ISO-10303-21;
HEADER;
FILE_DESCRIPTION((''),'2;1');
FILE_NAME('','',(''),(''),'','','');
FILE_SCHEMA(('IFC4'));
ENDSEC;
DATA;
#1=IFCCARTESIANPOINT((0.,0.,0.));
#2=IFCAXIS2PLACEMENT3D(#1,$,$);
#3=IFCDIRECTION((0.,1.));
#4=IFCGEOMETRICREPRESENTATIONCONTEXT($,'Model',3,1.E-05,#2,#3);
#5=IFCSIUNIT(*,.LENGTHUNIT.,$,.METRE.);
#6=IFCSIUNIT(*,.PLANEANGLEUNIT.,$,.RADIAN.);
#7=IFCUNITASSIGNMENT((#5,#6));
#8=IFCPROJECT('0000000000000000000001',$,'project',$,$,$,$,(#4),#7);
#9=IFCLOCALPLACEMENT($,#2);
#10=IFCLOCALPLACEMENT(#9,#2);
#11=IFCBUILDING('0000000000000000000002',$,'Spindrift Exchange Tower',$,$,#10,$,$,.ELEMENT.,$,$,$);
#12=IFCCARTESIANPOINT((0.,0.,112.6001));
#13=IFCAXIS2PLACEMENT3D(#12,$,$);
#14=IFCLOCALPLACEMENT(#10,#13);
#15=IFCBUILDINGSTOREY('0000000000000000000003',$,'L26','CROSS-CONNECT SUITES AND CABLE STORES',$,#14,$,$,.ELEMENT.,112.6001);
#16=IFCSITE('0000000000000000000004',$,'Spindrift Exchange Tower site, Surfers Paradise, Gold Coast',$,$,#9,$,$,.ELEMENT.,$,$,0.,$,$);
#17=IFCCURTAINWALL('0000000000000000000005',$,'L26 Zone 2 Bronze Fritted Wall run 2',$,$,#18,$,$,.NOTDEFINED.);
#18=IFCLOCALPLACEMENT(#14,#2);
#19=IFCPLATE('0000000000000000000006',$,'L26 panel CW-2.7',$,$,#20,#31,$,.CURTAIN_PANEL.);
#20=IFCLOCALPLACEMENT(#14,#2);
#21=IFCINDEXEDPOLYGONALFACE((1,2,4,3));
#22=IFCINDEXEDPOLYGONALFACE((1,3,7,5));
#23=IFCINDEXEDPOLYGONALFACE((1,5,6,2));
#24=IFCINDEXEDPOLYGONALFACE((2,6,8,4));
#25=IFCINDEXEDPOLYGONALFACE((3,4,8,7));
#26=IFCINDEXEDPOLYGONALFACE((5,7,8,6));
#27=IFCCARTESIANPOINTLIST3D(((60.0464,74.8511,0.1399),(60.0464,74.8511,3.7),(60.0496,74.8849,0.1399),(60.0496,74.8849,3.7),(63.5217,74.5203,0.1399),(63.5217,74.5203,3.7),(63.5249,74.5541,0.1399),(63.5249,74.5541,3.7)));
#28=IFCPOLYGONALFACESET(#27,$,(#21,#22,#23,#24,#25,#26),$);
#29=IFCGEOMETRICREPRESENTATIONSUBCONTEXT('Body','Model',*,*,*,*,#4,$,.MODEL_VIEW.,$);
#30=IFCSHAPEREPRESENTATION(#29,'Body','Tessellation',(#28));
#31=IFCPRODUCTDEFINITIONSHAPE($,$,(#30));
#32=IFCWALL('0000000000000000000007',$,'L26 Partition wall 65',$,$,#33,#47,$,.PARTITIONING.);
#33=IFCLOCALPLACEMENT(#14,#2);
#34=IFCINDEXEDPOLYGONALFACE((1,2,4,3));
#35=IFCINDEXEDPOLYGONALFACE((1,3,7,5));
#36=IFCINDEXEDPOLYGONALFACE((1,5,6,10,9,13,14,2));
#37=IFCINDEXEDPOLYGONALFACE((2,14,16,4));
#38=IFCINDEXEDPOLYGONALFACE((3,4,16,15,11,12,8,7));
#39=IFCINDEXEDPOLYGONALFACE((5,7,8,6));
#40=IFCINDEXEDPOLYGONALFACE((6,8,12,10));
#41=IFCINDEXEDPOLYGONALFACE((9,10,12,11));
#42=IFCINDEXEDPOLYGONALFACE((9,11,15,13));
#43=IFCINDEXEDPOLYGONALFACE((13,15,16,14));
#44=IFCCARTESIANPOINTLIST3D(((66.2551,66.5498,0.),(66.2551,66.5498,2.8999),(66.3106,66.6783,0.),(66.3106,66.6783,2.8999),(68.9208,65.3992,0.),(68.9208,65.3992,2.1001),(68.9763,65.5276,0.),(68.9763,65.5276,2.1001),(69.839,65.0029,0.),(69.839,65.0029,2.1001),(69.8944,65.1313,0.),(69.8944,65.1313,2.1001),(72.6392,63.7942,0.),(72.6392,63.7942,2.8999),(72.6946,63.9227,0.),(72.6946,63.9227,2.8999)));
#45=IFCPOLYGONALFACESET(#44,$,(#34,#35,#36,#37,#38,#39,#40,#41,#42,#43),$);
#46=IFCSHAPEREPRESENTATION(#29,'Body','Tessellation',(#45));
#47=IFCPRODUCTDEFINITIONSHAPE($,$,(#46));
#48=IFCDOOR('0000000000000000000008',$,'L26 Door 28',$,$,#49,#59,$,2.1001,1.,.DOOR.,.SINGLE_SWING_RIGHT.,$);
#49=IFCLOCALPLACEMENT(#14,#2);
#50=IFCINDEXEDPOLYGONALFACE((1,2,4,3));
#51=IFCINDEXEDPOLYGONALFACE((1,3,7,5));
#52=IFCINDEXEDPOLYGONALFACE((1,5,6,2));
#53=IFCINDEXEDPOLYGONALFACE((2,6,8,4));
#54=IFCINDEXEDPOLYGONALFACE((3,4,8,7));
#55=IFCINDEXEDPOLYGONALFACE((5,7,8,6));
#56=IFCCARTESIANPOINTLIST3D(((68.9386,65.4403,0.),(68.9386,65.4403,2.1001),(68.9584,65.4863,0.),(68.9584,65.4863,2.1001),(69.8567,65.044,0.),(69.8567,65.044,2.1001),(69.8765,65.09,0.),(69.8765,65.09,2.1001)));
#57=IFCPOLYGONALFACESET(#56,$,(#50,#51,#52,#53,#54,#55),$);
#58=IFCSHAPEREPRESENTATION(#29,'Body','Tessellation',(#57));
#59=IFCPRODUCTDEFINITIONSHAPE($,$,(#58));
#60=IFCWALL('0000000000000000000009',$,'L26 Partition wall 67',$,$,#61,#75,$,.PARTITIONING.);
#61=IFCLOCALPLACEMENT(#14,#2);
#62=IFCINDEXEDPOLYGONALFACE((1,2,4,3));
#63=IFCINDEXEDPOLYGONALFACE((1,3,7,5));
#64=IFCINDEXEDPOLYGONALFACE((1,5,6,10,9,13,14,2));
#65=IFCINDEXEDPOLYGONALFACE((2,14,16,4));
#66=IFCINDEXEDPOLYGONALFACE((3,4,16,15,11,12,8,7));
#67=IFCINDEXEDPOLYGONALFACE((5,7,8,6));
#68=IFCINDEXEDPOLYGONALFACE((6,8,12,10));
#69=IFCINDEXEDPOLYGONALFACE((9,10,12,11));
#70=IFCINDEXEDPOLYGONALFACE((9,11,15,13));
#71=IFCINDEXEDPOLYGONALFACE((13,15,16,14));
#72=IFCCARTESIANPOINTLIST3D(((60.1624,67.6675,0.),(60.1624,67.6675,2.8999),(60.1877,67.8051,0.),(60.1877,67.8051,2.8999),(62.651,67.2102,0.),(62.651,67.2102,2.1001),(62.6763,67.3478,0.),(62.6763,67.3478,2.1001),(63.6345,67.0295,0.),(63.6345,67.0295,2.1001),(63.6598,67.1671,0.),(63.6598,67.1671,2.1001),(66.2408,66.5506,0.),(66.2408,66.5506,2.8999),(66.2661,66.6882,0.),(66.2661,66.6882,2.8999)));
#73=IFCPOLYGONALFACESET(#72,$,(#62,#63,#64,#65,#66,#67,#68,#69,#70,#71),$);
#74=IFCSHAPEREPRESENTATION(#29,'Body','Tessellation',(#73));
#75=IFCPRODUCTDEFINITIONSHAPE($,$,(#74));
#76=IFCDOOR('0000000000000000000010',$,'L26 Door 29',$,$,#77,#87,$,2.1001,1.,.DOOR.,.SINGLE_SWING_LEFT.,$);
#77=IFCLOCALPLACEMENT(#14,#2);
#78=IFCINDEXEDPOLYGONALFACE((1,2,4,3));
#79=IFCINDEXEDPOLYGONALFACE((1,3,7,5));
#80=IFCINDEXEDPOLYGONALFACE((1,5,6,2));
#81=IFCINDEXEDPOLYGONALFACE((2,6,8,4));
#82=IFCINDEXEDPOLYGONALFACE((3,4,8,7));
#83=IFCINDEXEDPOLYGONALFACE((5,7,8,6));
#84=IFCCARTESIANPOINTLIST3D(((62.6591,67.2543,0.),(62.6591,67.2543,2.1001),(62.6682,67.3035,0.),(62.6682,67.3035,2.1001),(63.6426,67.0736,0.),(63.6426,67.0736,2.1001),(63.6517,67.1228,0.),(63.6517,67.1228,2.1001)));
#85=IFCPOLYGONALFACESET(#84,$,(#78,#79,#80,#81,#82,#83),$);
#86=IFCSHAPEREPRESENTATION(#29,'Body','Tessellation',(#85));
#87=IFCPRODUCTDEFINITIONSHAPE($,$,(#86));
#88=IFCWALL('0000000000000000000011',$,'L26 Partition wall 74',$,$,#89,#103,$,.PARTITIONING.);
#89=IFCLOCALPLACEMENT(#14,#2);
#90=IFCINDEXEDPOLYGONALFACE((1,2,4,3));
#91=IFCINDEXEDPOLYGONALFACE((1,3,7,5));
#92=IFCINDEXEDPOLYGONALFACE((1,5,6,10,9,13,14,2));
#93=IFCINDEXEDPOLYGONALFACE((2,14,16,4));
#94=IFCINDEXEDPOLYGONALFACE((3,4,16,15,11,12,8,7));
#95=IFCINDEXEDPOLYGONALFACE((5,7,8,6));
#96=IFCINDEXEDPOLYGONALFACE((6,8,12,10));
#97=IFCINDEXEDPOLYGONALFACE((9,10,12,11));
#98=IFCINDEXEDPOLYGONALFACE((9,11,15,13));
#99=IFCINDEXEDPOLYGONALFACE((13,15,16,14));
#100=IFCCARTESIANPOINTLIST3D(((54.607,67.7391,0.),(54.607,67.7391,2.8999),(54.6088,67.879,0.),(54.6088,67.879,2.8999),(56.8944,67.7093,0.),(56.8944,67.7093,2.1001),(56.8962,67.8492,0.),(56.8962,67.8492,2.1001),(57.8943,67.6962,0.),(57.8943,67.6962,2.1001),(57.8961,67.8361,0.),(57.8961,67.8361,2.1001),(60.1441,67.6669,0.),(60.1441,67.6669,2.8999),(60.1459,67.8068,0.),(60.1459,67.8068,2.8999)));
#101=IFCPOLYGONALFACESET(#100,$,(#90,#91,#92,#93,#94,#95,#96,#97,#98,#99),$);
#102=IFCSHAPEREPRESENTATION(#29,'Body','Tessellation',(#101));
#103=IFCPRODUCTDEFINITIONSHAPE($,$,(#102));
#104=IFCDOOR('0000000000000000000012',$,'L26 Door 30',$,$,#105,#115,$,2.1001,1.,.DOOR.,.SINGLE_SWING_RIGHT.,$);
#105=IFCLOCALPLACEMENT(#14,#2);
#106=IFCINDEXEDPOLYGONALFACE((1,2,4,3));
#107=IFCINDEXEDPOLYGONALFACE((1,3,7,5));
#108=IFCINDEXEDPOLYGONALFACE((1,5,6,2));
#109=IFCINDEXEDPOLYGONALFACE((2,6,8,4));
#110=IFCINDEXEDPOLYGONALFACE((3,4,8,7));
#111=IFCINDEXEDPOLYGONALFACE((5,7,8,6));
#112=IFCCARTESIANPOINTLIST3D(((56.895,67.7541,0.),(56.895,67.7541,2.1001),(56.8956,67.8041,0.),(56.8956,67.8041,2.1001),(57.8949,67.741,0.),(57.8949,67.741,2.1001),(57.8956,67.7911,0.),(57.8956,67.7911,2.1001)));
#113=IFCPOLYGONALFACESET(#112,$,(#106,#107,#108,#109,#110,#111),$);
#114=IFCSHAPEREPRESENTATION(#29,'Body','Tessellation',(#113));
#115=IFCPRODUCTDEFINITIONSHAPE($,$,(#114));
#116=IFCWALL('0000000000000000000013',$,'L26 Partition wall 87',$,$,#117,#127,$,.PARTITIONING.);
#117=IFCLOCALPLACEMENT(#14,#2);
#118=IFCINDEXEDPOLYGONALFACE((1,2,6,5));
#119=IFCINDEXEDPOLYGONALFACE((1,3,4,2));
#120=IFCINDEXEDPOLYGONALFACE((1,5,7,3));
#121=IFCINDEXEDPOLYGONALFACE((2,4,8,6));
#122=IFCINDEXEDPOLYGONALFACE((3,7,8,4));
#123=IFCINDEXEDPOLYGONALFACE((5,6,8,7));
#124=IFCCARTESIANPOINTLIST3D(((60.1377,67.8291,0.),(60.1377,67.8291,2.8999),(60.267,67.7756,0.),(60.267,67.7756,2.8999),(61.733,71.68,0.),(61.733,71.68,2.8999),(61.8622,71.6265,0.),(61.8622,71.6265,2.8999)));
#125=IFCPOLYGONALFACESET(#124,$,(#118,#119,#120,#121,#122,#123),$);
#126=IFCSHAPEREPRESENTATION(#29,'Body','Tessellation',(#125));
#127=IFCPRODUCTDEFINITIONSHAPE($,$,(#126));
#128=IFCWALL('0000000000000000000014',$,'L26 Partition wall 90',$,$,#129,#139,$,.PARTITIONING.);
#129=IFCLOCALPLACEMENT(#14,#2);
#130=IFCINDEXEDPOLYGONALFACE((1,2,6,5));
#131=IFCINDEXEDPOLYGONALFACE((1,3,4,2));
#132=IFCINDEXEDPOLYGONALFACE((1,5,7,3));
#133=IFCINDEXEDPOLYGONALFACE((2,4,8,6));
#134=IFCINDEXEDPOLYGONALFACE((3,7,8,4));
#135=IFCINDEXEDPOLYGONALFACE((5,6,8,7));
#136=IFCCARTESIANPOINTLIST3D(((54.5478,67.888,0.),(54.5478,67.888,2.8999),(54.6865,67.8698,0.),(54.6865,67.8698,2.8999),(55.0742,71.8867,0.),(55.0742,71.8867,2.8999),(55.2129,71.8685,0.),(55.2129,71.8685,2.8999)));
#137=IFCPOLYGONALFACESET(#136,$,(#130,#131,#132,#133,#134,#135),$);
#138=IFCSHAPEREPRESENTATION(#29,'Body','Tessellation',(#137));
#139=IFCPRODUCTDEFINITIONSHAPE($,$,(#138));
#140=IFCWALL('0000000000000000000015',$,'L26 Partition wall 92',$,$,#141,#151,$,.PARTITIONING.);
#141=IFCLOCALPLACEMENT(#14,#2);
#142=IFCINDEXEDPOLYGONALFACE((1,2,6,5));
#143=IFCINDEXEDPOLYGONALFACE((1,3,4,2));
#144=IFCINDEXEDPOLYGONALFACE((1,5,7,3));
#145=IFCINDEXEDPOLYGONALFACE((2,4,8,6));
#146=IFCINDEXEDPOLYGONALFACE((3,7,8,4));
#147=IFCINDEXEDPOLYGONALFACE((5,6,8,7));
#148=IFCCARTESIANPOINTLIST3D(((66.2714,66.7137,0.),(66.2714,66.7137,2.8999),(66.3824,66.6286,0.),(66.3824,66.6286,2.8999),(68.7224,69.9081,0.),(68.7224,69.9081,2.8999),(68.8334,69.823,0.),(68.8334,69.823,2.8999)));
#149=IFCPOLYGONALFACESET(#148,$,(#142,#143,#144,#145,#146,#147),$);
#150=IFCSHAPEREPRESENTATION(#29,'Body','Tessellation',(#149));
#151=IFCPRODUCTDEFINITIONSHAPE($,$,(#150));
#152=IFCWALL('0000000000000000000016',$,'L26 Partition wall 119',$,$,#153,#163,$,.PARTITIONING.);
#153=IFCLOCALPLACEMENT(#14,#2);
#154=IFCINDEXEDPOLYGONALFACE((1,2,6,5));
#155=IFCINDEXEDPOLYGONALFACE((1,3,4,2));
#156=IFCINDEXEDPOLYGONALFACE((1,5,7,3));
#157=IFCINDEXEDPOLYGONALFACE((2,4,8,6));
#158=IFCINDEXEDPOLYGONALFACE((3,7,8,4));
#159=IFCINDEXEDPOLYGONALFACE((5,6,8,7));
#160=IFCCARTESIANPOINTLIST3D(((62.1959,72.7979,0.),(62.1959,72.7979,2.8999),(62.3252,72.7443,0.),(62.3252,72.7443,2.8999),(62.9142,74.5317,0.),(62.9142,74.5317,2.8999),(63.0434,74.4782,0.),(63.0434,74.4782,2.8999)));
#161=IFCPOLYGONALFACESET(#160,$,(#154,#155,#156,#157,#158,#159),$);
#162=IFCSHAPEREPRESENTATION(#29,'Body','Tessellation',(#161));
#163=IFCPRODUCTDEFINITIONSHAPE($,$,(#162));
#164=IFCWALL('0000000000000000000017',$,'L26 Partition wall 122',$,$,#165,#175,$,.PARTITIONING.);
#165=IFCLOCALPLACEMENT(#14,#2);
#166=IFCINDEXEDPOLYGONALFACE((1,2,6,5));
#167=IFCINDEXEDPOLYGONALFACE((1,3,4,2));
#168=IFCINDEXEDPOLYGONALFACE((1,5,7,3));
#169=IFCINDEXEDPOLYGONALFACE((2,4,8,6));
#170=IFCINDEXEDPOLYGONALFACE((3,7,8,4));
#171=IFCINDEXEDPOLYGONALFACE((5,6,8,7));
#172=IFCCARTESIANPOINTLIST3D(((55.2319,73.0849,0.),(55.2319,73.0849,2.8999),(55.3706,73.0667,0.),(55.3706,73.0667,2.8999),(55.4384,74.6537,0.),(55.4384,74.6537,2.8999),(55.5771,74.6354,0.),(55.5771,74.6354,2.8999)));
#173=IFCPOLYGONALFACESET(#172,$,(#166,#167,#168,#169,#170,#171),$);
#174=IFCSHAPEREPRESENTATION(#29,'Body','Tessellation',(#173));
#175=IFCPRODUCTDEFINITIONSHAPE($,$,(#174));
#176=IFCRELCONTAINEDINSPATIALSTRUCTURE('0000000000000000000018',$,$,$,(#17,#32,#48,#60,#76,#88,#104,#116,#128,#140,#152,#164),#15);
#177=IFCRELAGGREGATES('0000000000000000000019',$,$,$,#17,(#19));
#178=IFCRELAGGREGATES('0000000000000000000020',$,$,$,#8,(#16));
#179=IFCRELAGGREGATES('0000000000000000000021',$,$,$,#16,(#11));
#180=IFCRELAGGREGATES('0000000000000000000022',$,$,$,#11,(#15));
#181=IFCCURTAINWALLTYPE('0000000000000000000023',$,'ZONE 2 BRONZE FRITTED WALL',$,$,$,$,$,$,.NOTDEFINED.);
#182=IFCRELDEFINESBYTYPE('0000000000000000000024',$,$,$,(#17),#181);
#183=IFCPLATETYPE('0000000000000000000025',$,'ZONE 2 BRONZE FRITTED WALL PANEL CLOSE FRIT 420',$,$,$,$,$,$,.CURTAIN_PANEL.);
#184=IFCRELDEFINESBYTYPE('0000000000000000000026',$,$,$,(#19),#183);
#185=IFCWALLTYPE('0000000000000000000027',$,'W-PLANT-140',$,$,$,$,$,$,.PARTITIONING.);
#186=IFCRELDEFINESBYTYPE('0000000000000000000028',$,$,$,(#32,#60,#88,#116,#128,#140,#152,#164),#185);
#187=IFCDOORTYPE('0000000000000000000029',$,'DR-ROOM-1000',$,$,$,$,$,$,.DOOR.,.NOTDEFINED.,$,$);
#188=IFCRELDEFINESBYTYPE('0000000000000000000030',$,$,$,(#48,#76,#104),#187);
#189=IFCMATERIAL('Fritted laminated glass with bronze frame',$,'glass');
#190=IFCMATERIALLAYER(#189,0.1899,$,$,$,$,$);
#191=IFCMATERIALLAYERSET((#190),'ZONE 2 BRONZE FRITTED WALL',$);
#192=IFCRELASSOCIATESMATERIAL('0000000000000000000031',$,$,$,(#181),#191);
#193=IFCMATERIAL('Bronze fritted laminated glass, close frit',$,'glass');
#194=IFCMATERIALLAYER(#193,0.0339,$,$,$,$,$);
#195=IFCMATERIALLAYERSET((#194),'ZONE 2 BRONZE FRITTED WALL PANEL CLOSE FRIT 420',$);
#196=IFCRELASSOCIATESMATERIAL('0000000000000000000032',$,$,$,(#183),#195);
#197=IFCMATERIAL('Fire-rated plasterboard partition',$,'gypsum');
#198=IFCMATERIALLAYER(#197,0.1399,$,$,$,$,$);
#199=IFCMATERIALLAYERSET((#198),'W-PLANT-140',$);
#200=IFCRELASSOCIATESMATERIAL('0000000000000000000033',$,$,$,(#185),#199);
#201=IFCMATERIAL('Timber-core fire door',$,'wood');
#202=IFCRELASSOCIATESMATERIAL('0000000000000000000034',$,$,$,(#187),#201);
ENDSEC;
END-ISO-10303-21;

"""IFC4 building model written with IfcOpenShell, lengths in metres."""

from ifc_helpers import new_model, si_unit, direction, frame, frame_2d, origin, origin_2d, place, context, subcontext, project, spatial, rectangle, extrude, source, transform, mapped, material, layer, layer_set, type_object, element, fill, aggregate, save


model = new_model("IFC4")

# Units and contexts
model_context = context("Model", 3, precision=1e-05, world=origin(), true_north=direction((0.0, 1.0)))
body_context = subcontext(model_context, "Body", "Model", "MODEL_VIEW")
ifc_project = project(units=[si_unit("LENGTHUNIT", "METRE"), si_unit("PLANEANGLEUNIT", "RADIAN")], contexts=[model_context])

# Site, building, storey
site_placement = place(None, origin())
site = spatial("IfcSite", under=ifc_project, at=site_placement, Name="Spindrift Exchange Tower site, Surfers Paradise, Gold Coast", CompositionType="ELEMENT", RefElevation=0.0)
building_placement = place(site_placement, origin())
building = spatial("IfcBuilding", under=site, at=building_placement, Name="Spindrift Exchange Tower", CompositionType="ELEMENT")
storey_placement = place(building_placement, frame((0.0, 0.0, 112.6001)))
storey = spatial("IfcBuildingStorey", under=building, at=storey_placement, Name="L26", Description="CROSS-CONNECT SUITES AND CABLE STORES", CompositionType="ELEMENT", Elevation=112.6001)

# Shared definitions
ifc_material_1 = material(Name="Fritted laminated glass with bronze frame", Category="glass")
ifc_layer_1 = layer(ifc_material_1, 0.1899)
ifc_layer_set_1 = layer_set([ifc_layer_1], Name="ZONE 2 BRONZE FRITTED WALL")
curtain_wall_type = type_object("IfcCurtainWallType", Name="ZONE 2 BRONZE FRITTED WALL", PredefinedType="NOTDEFINED", material=ifc_layer_set_1)

# Curtain wall
curtain_wall_1_placement = place(storey_placement, origin())
curtain_wall_1 = element("IfcCurtainWall", 1, at=curtain_wall_1_placement, inside=storey, type_object=curtain_wall_type, Name="L26 Zone 2 Bronze Fritted Wall run 2", PredefinedType="NOTDEFINED")

# Plate
ifc_material_2 = material(Name="Bronze fritted laminated glass, close frit", Category="glass")
ifc_layer_2 = layer(ifc_material_2, 0.0339)
ifc_layer_set_2 = layer_set([ifc_layer_2], Name="ZONE 2 BRONZE FRITTED WALL PANEL CLOSE FRIT 420")
plate_type = type_object("IfcPlateType", Name="ZONE 2 BRONZE FRITTED WALL PANEL CLOSE FRIT 420", PredefinedType="CURTAIN_PANEL", material=ifc_layer_set_2)
shared_shape_1 = source(origin(), body_context, "Body", "SweptSolid", [
    extrude(rectangle(XDim=3.491, YDim=0.0339, at=origin_2d()), origin(), (0.0, 0.0, 1.0), 3.5601),
])
plate_1_placement = place(storey_placement, frame((61.7856, 74.7026, 0.1399), z_axis=(0.0, 0.0, 1.0), x_axis=(-0.9955, 0.094758, 0.0)))
plate_1 = element("IfcPlate", 2, at=plate_1_placement, type_object=plate_type, Name="L26 panel CW-2.7", PredefinedType="CURTAIN_PANEL", context=body_context, shape_type="MappedRepresentation", body=[
    mapped(shared_shape_1, transform((0.0, 0.0, 0.0), scale=1.0)),
])
aggregate(curtain_wall_1, [plate_1])

# Walls, openings, doors
ifc_material_3 = material(Name="Fire-rated plasterboard partition", Category="gypsum")
ifc_layer_3 = layer(ifc_material_3, 0.1399)
ifc_layer_set_3 = layer_set([ifc_layer_3], Name="W-PLANT-140")
wall_type = type_object("IfcWallType", Name="W-PLANT-140", PredefinedType="PARTITIONING", material=ifc_layer_set_3)
wall_1_placement = place(storey_placement, frame((66.283, 66.614, 0.0), z_axis=(0.0, 0.0, 1.0), x_axis=(0.918121, -0.396299, 0.0)))
wall_1 = element("IfcWall", 3, at=wall_1_placement, inside=storey, type_object=wall_type, Name="L26 Partition wall 65", PredefinedType="PARTITIONING", context=body_context, shape_type="SweptSolid", body=[
    extrude(rectangle(XDim=6.9534, YDim=0.1399, at=frame_2d((3.4766, 0.0))), origin(), (0.0, 0.0, 1.0), 2.8999),
])
opening_1_placement = place(wall_1_placement, frame((2.9033, 0.0, 0.0)))
opening_1 = element("IfcOpeningElement", 4, at=opening_1_placement, cuts=wall_1, PredefinedType="OPENING", context=body_context, shape_type="SweptSolid", body=[
    extrude(rectangle(XDim=1.0, YDim=2.1001, at=frame_2d((0.5, 1.05))), frame((0.0, 0.0798, 0.0), z_axis=(0.0, -1.0, 0.0), x_axis=(1.0, 0.0, 0.0)), (0.0, 0.0, 1.0), 0.1599),
])
ifc_material_4 = material(Name="Timber-core fire door", Category="wood")
door_type = type_object("IfcDoorType", Name="DR-ROOM-1000", OperationType="NOTDEFINED", PredefinedType="DOOR", material=ifc_material_4)
shared_shape_2 = source(origin(), body_context, "Body", "SweptSolid", [
    extrude(rectangle(XDim=1.0, YDim=2.1001, at=frame_2d((0.5, 1.05))), frame((0.0, 0.0249, 0.0), z_axis=(0.0, -1.0, 0.0), x_axis=(1.0, 0.0, 0.0)), (0.0, 0.0, 1.0), 0.05),
])
door_1_placement = place(opening_1_placement, origin())
door_1 = element("IfcDoor", 5, at=door_1_placement, inside=storey, type_object=door_type, Name="L26 Door 28", OperationType="SINGLE_SWING_RIGHT", OverallHeight=2.1001, OverallWidth=1.0, PredefinedType="DOOR", context=body_context, shape_type="MappedRepresentation", body=[
    mapped(shared_shape_2, transform((0.0, 0.0, 0.0), scale=1.0)),
])
fill(opening_1, door_1)
wall_2_placement = place(storey_placement, frame((60.175, 67.7363, 0.0), z_axis=(0.0, 0.0, 1.0), x_axis=(0.983533, -0.180731, 0.0)))
wall_2 = element("IfcWall", 6, at=wall_2_placement, inside=storey, type_object=wall_type, Name="L26 Partition wall 67", PredefinedType="PARTITIONING", context=body_context, shape_type="SweptSolid", body=[
    extrude(rectangle(XDim=6.1802, YDim=0.1399, at=frame_2d((3.0901, 0.0))), origin(), (0.0, 0.0, 1.0), 2.8999),
])
opening_2_placement = place(wall_2_placement, frame((2.5303, 0.0, 0.0)))
opening_2 = element("IfcOpeningElement", 7, at=opening_2_placement, cuts=wall_2, PredefinedType="OPENING", context=body_context, shape_type="SweptSolid", body=[
    extrude(rectangle(XDim=1.0, YDim=2.1001, at=frame_2d((0.5, 1.05))), frame((0.0, 0.0798, 0.0), z_axis=(0.0, -1.0, 0.0), x_axis=(1.0, 0.0, 0.0)), (0.0, 0.0, 1.0), 0.1599),
])
door_2_placement = place(opening_2_placement, origin())
door_2 = element("IfcDoor", 8, at=door_2_placement, inside=storey, type_object=door_type, Name="L26 Door 29", OperationType="SINGLE_SWING_LEFT", OverallHeight=2.1001, OverallWidth=1.0, PredefinedType="DOOR", context=body_context, shape_type="MappedRepresentation", body=[
    mapped(shared_shape_2, transform((0.0, 0.0, 0.0), scale=1.0)),
])
fill(opening_2, door_2)
wall_3_placement = place(storey_placement, frame((54.6079, 67.8091, 0.0), z_axis=(0.0, 0.0, 1.0), x_axis=(0.999915, -0.01305, 0.0)))
wall_3 = element("IfcWall", 9, at=wall_3_placement, inside=storey, type_object=wall_type, Name="L26 Partition wall 74", PredefinedType="PARTITIONING", context=body_context, shape_type="SweptSolid", body=[
    extrude(rectangle(XDim=5.5376, YDim=0.1399, at=frame_2d((2.7688, 0.0))), origin(), (0.0, 0.0, 1.0), 2.8999),
])
opening_3_placement = place(wall_3_placement, frame((2.2876, 0.0, 0.0)))
opening_3 = element("IfcOpeningElement", 10, at=opening_3_placement, cuts=wall_3, PredefinedType="OPENING", context=body_context, shape_type="SweptSolid", body=[
    extrude(rectangle(XDim=1.0, YDim=2.1001, at=frame_2d((0.5, 1.05))), frame((0.0, 0.0798, 0.0), z_axis=(0.0, -1.0, 0.0), x_axis=(1.0, 0.0, 0.0)), (0.0, 0.0, 1.0), 0.1599),
])
door_3_placement = place(opening_3_placement, origin())
door_3 = element("IfcDoor", 11, at=door_3_placement, inside=storey, type_object=door_type, Name="L26 Door 30", OperationType="SINGLE_SWING_RIGHT", OverallHeight=2.1001, OverallWidth=1.0, PredefinedType="DOOR", context=body_context, shape_type="MappedRepresentation", body=[
    mapped(shared_shape_2, transform((0.0, 0.0, 0.0), scale=1.0)),
])
fill(opening_3, door_3)

# Walls
wall_4_placement = place(storey_placement, frame((60.2024, 67.8025, 0.0), z_axis=(0.0, 0.0, 1.0), x_axis=(0.382714, 0.923867, 0.0)))
element("IfcWall", 12, at=wall_4_placement, inside=storey, type_object=wall_type, Name="L26 Partition wall 87", PredefinedType="PARTITIONING", context=body_context, shape_type="SweptSolid", body=[
    extrude(rectangle(XDim=4.1682, YDim=0.1399, at=frame_2d((2.084, 0.0))), origin(), (0.0, 0.0, 1.0), 2.8999),
])
wall_5_placement = place(storey_placement, frame((54.6172, 67.8789, 0.0), z_axis=(0.0, 0.0, 1.0), x_axis=(0.130506, 0.991447, 0.0)))
element("IfcWall", 13, at=wall_5_placement, inside=storey, type_object=wall_type, Name="L26 Partition wall 90", PredefinedType="PARTITIONING", context=body_context, shape_type="SweptSolid", body=[
    extrude(rectangle(XDim=4.0332, YDim=0.1399, at=frame_2d((2.0166, 0.0))), origin(), (0.0, 0.0, 1.0), 2.8999),
])
wall_6_placement = place(storey_placement, frame((66.3269, 66.6711, 0.0), z_axis=(0.0, 0.0, 1.0), x_axis=(0.608734, 0.793374, 0.0)))
element("IfcWall", 14, at=wall_6_placement, inside=storey, type_object=wall_type, Name="L26 Partition wall 92", PredefinedType="PARTITIONING", context=body_context, shape_type="SweptSolid", body=[
    extrude(rectangle(XDim=4.0264, YDim=0.1399, at=frame_2d((2.0132, 0.0))), origin(), (0.0, 0.0, 1.0), 2.8999),
])
wall_7_placement = place(storey_placement, frame((62.2605, 72.771, 0.0), z_axis=(0.0, 0.0, 1.0), x_axis=(0.382712, 0.923868, 0.0)))
element("IfcWall", 15, at=wall_7_placement, inside=storey, type_object=wall_type, Name="L26 Partition wall 119", PredefinedType="PARTITIONING", context=body_context, shape_type="SweptSolid", body=[
    extrude(rectangle(XDim=1.8767, YDim=0.1399, at=frame_2d((0.9385, 0.0))), origin(), (0.0, 0.0, 1.0), 2.8999),
])
wall_8_placement = place(storey_placement, frame((55.3013, 73.0759, 0.0), z_axis=(0.0, 0.0, 1.0), x_axis=(0.130526, 0.991445, 0.0)))
element("IfcWall", 16, at=wall_8_placement, inside=storey, type_object=wall_type, Name="L26 Partition wall 122", PredefinedType="PARTITIONING", context=body_context, shape_type="SweptSolid", body=[
    extrude(rectangle(XDim=1.5823, YDim=0.1399, at=frame_2d((0.791, 0.0))), origin(), (0.0, 0.0, 1.0), 2.8999),
])

save(model, "model.ifc")
